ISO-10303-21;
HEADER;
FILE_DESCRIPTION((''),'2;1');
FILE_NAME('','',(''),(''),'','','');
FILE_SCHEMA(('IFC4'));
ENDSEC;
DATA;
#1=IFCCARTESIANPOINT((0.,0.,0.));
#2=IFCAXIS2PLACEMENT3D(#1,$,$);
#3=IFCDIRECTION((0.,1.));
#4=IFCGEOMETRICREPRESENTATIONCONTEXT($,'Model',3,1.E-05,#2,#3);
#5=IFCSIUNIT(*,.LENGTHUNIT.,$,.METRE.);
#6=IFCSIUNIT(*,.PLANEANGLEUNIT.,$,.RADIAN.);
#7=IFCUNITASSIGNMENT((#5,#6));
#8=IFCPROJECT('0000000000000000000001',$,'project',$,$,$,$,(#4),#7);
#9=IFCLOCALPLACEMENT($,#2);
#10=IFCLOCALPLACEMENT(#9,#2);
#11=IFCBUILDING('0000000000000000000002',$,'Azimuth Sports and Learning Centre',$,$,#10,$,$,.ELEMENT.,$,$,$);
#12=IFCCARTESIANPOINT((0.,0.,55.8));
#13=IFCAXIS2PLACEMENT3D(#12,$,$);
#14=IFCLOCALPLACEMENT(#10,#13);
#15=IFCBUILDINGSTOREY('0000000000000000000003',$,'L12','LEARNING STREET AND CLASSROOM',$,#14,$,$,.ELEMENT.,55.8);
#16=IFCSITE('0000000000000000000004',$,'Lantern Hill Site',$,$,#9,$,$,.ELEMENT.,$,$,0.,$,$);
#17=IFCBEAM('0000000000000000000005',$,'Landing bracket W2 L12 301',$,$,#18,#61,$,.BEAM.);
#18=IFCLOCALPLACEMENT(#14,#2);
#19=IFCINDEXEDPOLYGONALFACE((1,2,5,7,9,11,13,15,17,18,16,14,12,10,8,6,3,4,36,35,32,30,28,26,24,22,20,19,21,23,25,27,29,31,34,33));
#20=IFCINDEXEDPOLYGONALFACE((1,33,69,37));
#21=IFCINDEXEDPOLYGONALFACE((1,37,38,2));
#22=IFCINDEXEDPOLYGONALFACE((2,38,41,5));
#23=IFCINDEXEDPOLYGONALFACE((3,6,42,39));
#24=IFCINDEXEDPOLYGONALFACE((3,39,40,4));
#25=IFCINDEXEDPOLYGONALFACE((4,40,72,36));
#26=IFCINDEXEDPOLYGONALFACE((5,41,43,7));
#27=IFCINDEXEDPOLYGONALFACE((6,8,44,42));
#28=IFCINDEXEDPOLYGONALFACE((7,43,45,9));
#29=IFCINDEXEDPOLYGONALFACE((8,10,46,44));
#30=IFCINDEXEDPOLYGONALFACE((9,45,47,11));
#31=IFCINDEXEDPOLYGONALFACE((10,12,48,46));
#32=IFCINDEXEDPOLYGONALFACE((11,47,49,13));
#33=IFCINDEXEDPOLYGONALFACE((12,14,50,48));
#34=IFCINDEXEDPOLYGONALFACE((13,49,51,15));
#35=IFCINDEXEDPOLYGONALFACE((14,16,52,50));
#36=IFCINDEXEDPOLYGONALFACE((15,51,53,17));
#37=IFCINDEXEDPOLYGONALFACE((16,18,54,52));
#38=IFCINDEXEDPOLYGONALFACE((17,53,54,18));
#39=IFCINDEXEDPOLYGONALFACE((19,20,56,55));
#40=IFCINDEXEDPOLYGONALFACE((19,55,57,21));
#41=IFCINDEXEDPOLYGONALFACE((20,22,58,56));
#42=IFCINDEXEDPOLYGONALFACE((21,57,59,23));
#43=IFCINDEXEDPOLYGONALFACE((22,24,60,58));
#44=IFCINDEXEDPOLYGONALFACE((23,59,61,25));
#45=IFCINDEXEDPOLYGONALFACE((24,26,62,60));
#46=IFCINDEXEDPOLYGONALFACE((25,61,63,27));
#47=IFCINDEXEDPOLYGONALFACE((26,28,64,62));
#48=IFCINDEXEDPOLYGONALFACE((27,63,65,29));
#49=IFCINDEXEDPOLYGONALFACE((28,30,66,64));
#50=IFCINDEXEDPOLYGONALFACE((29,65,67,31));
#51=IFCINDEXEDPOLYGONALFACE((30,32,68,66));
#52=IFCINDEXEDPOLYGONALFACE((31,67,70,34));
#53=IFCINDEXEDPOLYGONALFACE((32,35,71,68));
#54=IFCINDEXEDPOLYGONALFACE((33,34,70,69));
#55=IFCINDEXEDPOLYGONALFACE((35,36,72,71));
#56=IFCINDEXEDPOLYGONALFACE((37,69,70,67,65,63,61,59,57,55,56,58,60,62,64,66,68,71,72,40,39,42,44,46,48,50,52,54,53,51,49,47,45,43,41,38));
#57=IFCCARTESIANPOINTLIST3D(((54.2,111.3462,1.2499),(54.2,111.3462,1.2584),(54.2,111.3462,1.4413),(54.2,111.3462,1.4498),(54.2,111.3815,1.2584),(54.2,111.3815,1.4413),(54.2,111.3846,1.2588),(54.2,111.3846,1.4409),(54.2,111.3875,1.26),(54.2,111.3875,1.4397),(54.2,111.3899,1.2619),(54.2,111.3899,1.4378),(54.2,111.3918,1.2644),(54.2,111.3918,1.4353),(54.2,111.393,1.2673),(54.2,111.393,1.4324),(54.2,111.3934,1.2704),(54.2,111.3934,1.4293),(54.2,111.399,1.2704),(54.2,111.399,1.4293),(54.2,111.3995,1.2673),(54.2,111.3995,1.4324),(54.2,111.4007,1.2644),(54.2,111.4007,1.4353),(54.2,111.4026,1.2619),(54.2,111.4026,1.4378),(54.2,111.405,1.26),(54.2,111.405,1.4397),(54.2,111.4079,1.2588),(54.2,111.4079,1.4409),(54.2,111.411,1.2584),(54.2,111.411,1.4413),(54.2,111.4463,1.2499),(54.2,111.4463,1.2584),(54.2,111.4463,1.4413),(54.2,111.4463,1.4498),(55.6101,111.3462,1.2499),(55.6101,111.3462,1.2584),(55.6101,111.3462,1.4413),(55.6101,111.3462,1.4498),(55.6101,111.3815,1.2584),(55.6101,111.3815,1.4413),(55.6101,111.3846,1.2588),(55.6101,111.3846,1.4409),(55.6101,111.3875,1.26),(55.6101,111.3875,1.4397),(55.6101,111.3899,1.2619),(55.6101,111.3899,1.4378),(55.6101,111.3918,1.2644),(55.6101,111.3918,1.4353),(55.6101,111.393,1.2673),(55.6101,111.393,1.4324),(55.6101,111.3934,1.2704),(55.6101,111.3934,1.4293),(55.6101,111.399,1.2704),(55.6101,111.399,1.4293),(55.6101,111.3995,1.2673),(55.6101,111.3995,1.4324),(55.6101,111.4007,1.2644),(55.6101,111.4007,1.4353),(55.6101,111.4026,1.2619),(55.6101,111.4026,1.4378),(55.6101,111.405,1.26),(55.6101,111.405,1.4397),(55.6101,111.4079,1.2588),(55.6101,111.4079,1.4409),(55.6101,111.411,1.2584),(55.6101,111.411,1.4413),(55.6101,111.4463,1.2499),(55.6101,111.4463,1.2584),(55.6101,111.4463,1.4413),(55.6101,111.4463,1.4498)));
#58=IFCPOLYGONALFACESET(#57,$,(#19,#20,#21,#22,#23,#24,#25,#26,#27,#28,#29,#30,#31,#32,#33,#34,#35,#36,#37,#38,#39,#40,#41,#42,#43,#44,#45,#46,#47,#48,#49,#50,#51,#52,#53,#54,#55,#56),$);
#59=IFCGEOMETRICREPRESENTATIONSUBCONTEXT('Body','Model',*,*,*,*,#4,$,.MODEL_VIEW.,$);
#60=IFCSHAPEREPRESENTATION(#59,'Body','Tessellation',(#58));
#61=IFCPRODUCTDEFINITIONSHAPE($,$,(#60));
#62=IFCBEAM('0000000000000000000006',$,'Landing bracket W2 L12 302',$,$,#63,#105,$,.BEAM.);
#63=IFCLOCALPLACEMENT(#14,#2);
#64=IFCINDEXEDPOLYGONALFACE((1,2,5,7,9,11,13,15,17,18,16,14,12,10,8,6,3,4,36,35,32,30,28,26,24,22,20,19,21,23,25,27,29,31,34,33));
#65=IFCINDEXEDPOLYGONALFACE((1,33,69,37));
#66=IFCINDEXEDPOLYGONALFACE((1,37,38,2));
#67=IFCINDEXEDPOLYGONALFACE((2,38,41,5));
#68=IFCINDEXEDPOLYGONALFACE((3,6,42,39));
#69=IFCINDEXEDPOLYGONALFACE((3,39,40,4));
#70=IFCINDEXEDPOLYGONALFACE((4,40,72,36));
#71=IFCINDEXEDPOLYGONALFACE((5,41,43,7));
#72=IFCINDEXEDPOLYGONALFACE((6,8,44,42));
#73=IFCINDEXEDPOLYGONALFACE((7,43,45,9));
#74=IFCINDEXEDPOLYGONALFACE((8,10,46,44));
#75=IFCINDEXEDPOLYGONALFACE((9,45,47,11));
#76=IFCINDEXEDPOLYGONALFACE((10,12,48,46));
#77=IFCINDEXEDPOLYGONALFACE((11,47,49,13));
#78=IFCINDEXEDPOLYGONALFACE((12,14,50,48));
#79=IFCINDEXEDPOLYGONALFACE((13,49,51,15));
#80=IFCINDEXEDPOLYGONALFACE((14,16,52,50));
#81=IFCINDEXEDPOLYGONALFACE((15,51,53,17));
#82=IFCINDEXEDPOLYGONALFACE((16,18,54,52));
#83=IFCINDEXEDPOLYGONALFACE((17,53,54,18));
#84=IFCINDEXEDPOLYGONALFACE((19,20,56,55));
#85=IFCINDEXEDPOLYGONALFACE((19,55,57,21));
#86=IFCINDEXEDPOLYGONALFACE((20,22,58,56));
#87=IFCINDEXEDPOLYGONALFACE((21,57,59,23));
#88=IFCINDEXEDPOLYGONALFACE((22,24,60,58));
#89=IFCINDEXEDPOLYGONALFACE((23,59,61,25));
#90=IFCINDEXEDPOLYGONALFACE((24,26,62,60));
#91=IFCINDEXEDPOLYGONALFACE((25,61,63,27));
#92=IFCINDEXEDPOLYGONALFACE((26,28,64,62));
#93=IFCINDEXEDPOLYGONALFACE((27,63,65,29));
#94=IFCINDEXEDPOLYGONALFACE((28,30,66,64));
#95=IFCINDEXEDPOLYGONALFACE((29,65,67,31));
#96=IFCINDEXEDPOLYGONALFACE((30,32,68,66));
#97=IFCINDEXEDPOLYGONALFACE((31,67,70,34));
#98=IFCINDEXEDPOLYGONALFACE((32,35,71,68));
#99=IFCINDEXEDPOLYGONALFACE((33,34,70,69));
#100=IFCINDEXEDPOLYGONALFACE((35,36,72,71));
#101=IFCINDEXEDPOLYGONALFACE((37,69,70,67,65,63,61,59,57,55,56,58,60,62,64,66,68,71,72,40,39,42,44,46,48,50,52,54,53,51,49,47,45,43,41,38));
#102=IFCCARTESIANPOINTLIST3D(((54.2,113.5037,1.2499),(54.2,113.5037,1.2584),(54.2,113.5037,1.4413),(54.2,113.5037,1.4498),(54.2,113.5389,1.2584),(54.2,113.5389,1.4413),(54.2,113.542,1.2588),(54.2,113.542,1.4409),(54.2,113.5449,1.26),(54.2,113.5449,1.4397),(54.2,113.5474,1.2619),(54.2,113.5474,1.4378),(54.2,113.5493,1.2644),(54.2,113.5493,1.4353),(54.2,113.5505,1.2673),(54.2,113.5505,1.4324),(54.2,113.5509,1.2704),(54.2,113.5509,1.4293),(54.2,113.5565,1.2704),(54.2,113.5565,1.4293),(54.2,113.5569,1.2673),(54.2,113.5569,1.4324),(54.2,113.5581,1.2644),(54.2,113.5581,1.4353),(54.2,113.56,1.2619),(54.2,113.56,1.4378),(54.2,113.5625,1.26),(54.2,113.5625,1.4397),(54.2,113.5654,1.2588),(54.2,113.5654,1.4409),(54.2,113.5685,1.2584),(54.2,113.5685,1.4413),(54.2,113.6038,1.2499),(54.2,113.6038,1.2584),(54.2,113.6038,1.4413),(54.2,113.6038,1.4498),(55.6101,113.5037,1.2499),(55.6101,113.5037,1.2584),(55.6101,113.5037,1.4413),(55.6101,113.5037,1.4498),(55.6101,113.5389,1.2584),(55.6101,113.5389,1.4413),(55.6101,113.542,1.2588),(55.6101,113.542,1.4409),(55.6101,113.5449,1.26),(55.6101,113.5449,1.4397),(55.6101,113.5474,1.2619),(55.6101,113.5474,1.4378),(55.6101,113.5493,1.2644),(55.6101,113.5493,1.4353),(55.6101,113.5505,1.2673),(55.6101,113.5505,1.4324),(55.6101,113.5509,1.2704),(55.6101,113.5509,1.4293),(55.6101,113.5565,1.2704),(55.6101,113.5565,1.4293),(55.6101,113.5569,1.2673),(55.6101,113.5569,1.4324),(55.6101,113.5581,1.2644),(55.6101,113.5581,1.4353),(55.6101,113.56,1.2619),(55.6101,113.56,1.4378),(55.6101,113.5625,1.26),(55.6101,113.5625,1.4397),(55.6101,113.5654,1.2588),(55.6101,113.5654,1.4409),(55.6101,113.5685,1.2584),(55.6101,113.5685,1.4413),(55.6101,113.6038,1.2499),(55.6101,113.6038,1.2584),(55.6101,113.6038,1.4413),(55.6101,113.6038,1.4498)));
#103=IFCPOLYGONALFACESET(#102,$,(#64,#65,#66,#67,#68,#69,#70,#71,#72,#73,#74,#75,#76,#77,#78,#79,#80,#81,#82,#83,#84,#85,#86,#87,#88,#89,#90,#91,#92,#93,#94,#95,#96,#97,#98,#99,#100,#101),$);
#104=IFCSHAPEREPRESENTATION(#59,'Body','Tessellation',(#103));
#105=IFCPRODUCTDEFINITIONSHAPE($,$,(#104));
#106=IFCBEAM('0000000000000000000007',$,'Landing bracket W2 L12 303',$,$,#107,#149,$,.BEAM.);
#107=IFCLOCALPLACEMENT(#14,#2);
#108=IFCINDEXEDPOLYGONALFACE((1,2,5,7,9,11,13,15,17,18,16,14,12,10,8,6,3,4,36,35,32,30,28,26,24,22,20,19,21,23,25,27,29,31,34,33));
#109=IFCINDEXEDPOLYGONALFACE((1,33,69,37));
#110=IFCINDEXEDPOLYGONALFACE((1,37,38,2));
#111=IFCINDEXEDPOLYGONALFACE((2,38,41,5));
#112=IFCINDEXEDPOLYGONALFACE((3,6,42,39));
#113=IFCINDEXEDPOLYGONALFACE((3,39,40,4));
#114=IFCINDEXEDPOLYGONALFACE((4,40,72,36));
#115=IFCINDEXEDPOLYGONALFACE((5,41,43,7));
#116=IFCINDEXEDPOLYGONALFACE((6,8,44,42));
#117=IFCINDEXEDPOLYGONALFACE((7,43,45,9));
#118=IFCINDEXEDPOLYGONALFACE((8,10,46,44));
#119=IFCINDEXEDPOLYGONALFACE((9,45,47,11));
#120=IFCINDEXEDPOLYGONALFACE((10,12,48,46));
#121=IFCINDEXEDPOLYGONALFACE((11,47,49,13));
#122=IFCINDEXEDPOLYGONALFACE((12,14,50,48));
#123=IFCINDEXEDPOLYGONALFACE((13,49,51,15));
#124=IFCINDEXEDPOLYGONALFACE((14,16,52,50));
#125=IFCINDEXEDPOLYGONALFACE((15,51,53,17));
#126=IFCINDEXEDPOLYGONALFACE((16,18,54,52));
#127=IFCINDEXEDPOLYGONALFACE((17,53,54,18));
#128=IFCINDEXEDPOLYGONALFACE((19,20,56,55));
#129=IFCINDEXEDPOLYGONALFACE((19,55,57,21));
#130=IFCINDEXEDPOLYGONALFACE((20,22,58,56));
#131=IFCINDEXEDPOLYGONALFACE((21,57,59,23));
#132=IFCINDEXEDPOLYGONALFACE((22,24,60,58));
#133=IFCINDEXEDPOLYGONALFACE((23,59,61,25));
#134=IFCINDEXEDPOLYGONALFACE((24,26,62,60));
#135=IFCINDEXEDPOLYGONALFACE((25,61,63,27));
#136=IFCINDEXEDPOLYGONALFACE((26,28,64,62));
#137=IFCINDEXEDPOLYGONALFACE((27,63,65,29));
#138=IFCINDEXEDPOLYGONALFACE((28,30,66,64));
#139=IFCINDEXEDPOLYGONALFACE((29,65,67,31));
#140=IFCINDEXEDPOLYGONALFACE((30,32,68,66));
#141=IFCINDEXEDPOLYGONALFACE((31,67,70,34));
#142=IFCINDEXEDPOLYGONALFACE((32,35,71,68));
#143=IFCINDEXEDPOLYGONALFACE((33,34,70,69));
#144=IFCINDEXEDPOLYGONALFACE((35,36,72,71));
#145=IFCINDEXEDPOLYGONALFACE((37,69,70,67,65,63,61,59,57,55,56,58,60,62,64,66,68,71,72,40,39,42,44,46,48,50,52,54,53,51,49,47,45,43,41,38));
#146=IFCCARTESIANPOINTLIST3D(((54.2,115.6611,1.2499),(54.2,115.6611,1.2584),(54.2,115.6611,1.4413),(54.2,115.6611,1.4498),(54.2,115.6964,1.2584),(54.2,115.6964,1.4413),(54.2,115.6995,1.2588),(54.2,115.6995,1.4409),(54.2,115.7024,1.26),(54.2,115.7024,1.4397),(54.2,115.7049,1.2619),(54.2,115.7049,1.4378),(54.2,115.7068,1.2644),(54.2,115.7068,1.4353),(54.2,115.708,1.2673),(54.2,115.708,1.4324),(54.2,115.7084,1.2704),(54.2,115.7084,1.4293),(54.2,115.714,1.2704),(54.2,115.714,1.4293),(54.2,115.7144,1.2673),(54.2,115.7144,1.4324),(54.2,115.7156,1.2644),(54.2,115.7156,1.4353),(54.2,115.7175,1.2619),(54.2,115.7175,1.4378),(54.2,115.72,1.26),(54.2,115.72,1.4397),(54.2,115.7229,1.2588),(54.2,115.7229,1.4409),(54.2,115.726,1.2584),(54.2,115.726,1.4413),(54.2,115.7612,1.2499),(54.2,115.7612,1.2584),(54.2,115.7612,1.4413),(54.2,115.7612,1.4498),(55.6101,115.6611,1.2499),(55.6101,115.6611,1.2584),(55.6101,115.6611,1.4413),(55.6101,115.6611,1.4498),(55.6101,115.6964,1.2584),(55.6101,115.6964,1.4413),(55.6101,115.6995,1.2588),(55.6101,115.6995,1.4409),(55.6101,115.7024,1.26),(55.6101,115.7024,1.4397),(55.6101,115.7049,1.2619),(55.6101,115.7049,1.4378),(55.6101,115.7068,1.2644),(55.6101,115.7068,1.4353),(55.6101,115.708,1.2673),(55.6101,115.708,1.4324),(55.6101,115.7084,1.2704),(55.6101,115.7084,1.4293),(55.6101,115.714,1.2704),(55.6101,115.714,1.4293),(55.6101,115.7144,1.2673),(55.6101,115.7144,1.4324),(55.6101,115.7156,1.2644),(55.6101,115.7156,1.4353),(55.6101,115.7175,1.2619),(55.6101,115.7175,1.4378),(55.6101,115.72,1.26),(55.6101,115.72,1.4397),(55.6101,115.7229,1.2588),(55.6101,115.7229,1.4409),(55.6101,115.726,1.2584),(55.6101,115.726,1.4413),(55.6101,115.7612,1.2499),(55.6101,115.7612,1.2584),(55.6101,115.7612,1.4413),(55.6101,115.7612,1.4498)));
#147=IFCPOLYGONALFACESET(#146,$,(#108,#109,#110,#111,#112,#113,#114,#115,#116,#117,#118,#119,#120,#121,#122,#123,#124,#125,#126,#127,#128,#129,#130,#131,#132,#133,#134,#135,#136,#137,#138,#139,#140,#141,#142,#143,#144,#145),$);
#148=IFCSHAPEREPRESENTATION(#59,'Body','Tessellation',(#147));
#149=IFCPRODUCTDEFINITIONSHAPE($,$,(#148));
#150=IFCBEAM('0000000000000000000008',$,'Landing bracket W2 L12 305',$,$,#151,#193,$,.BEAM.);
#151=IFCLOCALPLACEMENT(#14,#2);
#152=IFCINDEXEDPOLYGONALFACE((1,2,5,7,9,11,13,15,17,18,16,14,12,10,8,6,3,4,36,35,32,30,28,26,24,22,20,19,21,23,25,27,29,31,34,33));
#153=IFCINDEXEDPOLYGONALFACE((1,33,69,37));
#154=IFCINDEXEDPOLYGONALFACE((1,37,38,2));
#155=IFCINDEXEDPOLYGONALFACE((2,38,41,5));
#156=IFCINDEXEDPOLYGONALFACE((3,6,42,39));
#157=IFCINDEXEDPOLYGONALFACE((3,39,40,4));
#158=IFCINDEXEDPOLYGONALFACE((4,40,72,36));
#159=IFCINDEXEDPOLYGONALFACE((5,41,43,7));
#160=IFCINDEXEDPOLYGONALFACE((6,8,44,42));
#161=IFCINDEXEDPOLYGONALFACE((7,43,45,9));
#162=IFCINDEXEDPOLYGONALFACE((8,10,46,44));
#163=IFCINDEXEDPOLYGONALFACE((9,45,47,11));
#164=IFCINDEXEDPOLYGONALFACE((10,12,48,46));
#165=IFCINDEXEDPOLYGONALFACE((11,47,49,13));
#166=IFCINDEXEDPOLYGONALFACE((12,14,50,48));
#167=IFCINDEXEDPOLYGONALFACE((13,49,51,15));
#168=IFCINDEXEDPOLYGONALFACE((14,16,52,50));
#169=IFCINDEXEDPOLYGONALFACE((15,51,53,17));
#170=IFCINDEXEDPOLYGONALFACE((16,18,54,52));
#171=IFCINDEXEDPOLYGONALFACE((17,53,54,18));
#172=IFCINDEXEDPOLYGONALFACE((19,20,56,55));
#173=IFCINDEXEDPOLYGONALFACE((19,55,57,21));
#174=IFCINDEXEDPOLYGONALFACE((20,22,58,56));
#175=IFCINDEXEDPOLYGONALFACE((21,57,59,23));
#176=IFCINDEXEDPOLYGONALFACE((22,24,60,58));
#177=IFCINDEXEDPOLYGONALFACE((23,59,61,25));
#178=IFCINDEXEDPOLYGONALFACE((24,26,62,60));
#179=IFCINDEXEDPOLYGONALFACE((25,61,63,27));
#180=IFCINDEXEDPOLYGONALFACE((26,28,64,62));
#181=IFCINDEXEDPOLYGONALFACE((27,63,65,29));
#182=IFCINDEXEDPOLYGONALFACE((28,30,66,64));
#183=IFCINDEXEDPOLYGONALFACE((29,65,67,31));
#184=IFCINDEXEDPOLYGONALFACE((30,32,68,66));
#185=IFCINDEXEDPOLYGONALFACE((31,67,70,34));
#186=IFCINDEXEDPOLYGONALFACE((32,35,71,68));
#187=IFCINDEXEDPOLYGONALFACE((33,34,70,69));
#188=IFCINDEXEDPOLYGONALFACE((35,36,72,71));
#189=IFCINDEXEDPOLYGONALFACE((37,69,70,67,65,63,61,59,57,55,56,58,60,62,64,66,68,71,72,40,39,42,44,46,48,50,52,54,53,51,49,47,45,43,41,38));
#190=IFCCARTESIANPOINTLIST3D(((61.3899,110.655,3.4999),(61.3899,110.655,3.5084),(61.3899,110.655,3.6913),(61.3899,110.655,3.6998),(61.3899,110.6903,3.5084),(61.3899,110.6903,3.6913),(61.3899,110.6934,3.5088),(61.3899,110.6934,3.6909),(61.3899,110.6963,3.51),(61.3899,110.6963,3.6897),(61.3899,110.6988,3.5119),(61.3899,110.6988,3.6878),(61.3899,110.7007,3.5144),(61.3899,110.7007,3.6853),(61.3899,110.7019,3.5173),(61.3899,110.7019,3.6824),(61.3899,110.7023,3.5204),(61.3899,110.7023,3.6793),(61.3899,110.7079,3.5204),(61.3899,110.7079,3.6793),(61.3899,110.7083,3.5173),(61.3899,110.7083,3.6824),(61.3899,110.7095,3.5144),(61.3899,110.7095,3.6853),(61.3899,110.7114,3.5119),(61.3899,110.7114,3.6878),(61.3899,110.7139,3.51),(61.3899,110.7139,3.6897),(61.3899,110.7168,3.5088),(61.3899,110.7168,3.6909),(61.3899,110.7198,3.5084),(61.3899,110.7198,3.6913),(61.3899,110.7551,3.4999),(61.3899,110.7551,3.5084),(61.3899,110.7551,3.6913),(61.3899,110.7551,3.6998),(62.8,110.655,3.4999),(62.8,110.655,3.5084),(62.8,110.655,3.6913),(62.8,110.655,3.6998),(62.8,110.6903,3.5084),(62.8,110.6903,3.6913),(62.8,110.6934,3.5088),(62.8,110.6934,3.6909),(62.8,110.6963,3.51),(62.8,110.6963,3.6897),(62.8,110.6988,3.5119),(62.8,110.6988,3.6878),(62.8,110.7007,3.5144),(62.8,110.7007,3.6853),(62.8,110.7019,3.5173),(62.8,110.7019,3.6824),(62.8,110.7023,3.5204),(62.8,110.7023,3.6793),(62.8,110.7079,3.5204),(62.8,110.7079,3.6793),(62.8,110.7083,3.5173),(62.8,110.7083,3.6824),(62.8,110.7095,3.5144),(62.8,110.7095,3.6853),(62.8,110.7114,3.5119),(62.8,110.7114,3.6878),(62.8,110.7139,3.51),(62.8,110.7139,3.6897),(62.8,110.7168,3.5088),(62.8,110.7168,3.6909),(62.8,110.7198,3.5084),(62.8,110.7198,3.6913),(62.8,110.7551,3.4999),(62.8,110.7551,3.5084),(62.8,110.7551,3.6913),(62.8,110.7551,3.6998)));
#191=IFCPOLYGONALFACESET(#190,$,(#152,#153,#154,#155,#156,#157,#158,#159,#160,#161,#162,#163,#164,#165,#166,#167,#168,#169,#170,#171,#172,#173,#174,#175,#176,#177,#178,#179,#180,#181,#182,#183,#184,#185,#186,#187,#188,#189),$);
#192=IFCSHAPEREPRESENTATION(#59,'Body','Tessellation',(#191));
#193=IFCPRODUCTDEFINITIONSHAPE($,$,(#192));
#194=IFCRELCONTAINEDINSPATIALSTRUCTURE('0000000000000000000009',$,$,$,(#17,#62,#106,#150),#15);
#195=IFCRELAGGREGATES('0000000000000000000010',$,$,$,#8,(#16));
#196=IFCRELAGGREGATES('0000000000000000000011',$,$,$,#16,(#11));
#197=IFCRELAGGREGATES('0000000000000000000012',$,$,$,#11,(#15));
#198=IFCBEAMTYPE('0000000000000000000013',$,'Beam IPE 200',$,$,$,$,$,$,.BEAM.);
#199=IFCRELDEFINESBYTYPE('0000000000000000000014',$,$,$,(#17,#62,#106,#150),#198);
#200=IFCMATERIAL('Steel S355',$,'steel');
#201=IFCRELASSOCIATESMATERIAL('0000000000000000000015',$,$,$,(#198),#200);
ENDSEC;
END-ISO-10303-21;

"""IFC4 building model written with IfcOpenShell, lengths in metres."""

from ifc_helpers import new_model, si_unit, direction, frame, origin, origin_2d, place, context, subcontext, project, spatial, i_section, extrude, material, material_profile, profile_set, type_object, element, save


model = new_model("IFC4")

# Units and contexts
model_context = context("Model", 3, precision=1e-05, world=origin(), true_north=direction((0.0, 1.0)))
body_context = subcontext(model_context, "Body", "Model", "MODEL_VIEW")
ifc_project = project(units=[si_unit("LENGTHUNIT", "METRE"), si_unit("PLANEANGLEUNIT", "RADIAN")], contexts=[model_context])

# Site, building, storey
site_placement = place(None, origin())
site = spatial("IfcSite", under=ifc_project, at=site_placement, Name="Lantern Hill Site", CompositionType="ELEMENT", RefElevation=0.0)
building_placement = place(site_placement, origin())
building = spatial("IfcBuilding", under=site, at=building_placement, Name="Azimuth Sports and Learning Centre", CompositionType="ELEMENT")
storey_placement = place(building_placement, frame((0.0, 0.0, 55.8)))
storey = spatial("IfcBuildingStorey", under=building, at=storey_placement, Name="L12", Description="LEARNING STREET AND CLASSROOM", CompositionType="ELEMENT", Elevation=55.8)

# Beams
ifc_material_1 = material(Name="Steel S355", Category="steel")
ifc_material_profile_1 = material_profile(ifc_material_1, i_section(OverallWidth=0.1001, OverallDepth=0.2, WebThickness=0.0056, FlangeThickness=0.0085, FilletRadius=0.012, at=origin_2d()), Name="IPE 200")
ifc_profile_set_1 = profile_set([ifc_material_profile_1], Name="Steel S355")
beam_type_1 = type_object("IfcBeamType", Name="Beam IPE 200", PredefinedType="BEAM", material=ifc_profile_set_1)
for number, where, z_axis, x_axis, name in (
    (1, (54.2, 111.3962, 1.3499), (1.0, 0.0, 0.0), (0.0, 1.0, 0.0), "Landing bracket W2 L12 301"),
    (2, (54.2, 113.5537, 1.3499), (1.0, 0.0, 0.0), (0.0, 1.0, 0.0), "Landing bracket W2 L12 302"),
    (3, (54.2, 115.7112, 1.3499), (1.0, 0.0, 0.0), (0.0, 1.0, 0.0), "Landing bracket W2 L12 303"),
    (4, (62.8, 110.7051, 3.5999), (-1.0, 0.0, 0.0), (0.0, -1.0, 0.0), "Landing bracket W2 L12 305"),
):
    element("IfcBeam", number, at=place(storey_placement, frame(where, z_axis=z_axis, x_axis=x_axis)), inside=storey, type_object=beam_type_1, Name=name, PredefinedType="BEAM", context=body_context, shape_type="SweptSolid", body=[
        extrude(i_section(OverallWidth=0.1001, OverallDepth=0.2, WebThickness=0.0056, FlangeThickness=0.0085, FilletRadius=0.012, at=origin_2d()), origin(), (0.0, 0.0, 1.0), 1.4102),
    ])

save(model, "model.ifc")
